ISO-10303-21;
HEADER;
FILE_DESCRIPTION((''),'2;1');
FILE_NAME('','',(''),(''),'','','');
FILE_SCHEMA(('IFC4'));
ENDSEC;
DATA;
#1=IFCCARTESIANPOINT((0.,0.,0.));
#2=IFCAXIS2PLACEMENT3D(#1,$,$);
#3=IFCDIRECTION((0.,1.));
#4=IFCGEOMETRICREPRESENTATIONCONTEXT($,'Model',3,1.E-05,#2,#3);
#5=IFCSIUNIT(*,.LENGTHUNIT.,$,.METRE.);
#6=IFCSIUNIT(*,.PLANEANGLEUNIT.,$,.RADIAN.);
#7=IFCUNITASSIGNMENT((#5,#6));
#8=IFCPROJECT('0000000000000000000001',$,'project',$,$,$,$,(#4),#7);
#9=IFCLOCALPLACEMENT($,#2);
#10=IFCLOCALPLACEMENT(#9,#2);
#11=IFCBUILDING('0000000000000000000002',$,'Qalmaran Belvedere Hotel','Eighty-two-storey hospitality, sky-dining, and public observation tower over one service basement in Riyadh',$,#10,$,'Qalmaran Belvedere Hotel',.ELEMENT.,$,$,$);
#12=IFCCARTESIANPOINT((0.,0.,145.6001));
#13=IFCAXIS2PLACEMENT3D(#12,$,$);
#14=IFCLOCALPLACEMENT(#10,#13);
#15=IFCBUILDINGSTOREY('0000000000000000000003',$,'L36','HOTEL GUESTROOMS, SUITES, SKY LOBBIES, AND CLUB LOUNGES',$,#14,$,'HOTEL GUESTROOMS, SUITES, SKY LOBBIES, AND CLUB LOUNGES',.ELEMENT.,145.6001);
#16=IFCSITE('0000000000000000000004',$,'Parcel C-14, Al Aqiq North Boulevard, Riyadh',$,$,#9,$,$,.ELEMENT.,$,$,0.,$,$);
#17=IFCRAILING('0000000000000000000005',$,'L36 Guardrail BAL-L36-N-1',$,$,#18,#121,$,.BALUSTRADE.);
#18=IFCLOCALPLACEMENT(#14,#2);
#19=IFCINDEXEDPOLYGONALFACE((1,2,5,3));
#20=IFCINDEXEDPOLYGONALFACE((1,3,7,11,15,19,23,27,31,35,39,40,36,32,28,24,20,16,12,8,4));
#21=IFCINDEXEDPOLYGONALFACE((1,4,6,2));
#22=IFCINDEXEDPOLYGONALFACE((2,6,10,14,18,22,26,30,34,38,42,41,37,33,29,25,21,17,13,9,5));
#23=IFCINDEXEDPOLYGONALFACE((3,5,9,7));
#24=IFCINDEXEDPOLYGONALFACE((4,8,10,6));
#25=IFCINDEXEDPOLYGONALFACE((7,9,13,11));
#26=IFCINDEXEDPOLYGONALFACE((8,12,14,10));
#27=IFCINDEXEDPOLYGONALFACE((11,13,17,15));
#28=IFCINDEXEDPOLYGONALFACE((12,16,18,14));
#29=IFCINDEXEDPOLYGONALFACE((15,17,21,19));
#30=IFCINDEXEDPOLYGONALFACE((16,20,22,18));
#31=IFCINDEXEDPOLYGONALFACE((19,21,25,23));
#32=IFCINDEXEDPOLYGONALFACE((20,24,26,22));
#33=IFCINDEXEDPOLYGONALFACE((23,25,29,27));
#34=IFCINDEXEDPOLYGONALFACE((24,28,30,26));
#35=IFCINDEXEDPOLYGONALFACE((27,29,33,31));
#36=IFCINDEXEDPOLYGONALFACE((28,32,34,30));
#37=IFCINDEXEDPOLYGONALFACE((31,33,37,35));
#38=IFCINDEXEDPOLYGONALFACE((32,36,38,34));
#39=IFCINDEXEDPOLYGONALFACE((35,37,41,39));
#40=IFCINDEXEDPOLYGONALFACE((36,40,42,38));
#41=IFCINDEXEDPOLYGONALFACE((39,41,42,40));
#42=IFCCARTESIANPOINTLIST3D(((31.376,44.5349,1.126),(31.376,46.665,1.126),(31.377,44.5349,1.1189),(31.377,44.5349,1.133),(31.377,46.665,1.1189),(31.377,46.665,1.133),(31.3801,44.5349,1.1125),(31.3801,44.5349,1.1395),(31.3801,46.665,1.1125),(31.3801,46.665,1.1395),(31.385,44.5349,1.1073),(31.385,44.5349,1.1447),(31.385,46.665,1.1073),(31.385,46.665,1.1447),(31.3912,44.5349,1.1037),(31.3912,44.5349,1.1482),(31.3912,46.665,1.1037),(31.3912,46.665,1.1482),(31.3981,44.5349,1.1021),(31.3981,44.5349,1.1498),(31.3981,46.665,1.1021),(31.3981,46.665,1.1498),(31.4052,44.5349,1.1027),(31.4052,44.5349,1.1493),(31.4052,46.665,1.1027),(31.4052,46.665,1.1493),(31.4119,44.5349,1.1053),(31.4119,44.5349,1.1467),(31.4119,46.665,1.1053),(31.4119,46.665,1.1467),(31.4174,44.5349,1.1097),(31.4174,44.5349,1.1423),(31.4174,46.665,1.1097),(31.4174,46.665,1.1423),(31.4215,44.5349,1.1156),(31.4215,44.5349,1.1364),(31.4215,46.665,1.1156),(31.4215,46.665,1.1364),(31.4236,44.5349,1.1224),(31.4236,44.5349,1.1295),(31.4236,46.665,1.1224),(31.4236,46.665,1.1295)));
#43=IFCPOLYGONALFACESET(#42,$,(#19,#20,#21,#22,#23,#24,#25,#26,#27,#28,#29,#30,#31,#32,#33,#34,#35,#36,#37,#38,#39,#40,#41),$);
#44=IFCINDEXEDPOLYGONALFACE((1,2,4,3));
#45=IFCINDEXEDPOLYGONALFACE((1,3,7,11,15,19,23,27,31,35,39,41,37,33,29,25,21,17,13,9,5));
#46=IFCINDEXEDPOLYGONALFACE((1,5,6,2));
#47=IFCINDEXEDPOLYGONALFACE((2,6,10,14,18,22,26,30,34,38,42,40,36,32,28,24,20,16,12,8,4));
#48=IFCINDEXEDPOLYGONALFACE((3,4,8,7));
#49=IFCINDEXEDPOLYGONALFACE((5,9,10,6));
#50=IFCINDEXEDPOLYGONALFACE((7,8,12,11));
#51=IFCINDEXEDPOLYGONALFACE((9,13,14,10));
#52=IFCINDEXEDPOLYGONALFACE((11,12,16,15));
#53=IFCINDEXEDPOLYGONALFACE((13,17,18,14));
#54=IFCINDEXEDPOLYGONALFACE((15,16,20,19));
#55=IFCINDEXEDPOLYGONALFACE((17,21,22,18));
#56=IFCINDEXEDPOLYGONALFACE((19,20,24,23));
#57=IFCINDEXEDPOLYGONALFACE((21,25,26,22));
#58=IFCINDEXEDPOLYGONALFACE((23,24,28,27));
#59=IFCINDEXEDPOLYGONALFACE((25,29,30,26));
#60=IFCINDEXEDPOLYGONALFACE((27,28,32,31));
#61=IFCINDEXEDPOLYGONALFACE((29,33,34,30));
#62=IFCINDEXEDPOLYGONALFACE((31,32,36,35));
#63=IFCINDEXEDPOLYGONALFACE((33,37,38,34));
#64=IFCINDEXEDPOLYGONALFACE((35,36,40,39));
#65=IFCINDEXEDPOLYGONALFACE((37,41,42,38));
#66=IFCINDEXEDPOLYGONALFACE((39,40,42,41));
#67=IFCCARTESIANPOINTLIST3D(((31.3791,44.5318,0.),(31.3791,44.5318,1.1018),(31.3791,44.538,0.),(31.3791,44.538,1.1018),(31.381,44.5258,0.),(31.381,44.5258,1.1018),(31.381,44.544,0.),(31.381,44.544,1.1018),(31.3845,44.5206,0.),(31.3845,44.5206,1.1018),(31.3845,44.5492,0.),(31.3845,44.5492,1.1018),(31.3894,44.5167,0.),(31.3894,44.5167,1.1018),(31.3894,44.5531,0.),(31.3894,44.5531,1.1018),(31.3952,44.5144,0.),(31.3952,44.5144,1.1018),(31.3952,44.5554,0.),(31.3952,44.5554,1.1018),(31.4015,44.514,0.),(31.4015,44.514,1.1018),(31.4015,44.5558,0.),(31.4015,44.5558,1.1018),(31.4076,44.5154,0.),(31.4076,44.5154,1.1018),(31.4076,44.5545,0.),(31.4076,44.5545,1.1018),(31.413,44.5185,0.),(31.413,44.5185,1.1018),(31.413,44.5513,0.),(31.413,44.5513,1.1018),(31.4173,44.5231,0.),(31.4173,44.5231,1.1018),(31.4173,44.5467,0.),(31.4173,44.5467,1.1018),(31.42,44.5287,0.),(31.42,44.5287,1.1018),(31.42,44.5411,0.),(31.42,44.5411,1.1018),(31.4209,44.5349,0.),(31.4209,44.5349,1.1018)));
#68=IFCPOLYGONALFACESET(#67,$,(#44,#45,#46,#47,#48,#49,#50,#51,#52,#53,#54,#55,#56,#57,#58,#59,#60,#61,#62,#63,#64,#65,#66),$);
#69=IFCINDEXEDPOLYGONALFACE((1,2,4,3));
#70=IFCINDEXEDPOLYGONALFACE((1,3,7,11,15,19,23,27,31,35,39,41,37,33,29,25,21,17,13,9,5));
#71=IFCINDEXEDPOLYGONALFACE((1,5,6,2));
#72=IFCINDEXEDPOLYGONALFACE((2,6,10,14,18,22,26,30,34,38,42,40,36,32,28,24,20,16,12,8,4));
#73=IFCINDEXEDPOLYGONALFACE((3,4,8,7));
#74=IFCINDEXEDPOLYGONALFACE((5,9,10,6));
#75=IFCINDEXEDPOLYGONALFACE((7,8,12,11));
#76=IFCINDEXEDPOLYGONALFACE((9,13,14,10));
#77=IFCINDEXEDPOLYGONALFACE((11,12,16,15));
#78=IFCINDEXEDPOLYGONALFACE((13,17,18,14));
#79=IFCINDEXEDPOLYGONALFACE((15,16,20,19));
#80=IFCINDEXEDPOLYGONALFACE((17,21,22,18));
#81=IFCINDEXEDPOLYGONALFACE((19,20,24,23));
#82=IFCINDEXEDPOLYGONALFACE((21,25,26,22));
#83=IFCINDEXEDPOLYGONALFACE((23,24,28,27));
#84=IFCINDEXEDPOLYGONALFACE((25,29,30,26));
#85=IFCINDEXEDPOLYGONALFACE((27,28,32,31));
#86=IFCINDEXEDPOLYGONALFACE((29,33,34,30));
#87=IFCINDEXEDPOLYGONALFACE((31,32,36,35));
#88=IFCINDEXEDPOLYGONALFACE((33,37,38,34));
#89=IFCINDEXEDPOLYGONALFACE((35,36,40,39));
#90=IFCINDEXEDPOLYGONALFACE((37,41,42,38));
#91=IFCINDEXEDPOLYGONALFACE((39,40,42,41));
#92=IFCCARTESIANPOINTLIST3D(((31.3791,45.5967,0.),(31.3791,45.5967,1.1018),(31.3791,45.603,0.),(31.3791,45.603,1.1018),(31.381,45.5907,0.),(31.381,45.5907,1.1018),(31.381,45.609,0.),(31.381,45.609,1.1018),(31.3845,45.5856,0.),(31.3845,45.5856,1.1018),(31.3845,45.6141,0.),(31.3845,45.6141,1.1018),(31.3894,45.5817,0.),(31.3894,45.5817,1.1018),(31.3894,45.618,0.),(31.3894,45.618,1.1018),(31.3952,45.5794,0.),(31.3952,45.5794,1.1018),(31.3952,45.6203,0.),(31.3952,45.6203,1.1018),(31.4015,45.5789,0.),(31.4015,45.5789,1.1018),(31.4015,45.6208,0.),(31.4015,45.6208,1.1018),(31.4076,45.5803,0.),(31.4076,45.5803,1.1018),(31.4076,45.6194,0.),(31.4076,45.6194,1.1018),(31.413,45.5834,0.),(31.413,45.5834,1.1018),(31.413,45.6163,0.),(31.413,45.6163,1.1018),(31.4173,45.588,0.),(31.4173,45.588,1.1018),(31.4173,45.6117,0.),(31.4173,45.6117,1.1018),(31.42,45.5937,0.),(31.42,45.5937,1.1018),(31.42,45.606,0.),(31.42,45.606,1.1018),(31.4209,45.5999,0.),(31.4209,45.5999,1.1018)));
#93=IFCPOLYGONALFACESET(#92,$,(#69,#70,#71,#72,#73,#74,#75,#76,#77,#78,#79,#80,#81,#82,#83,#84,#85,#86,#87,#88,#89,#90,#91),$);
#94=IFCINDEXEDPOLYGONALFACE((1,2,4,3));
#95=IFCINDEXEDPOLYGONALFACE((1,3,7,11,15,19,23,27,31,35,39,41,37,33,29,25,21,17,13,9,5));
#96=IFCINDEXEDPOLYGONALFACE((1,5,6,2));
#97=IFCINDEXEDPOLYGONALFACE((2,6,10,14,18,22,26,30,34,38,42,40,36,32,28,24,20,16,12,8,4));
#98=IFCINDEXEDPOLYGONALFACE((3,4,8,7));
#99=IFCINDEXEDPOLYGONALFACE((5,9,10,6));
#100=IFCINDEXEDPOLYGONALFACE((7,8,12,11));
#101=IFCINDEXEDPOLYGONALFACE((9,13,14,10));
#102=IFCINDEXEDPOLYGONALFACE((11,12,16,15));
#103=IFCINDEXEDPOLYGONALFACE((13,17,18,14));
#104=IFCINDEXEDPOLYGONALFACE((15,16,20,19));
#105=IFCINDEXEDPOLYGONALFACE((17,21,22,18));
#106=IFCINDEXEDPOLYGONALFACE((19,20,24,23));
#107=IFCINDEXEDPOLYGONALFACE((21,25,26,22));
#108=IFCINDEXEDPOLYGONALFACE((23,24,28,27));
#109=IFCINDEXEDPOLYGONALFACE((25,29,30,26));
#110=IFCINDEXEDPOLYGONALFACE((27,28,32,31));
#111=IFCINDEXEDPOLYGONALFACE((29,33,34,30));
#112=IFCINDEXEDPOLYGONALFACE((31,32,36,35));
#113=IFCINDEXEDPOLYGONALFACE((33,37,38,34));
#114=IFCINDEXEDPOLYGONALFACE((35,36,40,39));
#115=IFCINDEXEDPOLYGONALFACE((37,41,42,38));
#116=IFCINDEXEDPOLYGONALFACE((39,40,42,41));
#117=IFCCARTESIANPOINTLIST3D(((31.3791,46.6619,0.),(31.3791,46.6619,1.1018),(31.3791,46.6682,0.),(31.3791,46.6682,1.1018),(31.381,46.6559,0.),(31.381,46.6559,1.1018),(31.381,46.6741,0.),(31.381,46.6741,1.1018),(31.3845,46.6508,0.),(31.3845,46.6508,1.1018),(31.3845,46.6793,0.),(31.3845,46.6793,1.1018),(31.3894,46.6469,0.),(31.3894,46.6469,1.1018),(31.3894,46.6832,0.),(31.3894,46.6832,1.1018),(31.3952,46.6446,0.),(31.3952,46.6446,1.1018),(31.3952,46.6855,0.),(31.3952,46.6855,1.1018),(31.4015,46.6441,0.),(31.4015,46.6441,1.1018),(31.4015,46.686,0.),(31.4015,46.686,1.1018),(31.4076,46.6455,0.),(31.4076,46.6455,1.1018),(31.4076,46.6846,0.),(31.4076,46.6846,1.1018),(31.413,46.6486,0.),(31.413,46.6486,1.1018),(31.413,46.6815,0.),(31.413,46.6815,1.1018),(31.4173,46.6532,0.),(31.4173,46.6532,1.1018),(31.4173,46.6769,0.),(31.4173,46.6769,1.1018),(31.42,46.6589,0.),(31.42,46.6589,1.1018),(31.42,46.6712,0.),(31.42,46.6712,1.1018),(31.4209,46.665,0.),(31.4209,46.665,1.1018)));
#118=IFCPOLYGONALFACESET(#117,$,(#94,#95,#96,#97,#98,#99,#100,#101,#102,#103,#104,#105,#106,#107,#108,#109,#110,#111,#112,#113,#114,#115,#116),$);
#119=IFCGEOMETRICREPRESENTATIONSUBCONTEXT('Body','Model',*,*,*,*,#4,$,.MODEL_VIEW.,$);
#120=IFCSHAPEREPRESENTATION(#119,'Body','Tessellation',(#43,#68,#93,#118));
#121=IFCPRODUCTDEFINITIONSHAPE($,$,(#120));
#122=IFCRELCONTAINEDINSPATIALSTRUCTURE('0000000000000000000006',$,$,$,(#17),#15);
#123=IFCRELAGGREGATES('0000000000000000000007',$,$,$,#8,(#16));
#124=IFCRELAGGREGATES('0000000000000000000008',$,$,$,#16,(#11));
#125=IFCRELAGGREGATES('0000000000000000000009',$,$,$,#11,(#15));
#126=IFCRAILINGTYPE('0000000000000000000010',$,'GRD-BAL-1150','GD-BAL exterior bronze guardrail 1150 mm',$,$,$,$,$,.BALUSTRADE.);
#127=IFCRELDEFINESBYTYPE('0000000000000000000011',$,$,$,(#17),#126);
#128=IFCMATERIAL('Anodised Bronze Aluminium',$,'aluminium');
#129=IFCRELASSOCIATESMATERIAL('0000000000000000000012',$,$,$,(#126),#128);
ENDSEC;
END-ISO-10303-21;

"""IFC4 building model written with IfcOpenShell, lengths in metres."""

from ifc_helpers import new_model, si_unit, direction, frame, origin, origin_2d, place, context, subcontext, project, spatial, circle, extrude, material, type_object, element, save


model = new_model("IFC4")

# Units and contexts
model_context = context("Model", 3, precision=1e-05, world=origin(), true_north=direction((0.0, 1.0)))
body_context = subcontext(model_context, "Body", "Model", "MODEL_VIEW")
ifc_project = project(units=[si_unit("LENGTHUNIT", "METRE"), si_unit("PLANEANGLEUNIT", "RADIAN")], contexts=[model_context])

# Site, building, storey
site_placement = place(None, origin())
site = spatial("IfcSite", under=ifc_project, at=site_placement, Name="Parcel C-14, Al Aqiq North Boulevard, Riyadh", CompositionType="ELEMENT", RefElevation=0.0)
building_placement = place(site_placement, origin())
building = spatial("IfcBuilding", under=site, at=building_placement, Name="Qalmaran Belvedere Hotel", Description="Eighty-two-storey hospitality, sky-dining, and public observation tower over one service basement in Riyadh", LongName="Qalmaran Belvedere Hotel", CompositionType="ELEMENT")
storey_placement = place(building_placement, frame((0.0, 0.0, 145.6001)))
storey = spatial("IfcBuildingStorey", under=building, at=storey_placement, Name="L36", Description="HOTEL GUESTROOMS, SUITES, SKY LOBBIES, AND CLUB LOUNGES", LongName="HOTEL GUESTROOMS, SUITES, SKY LOBBIES, AND CLUB LOUNGES", CompositionType="ELEMENT", Elevation=145.6001)

# Shared definitions
ifc_material_1 = material(Name="Anodised Bronze Aluminium", Category="aluminium")

# Railing
railing_type = type_object("IfcRailingType", Name="GRD-BAL-1150", Description="GD-BAL exterior bronze guardrail 1150 mm", PredefinedType="BALUSTRADE", material=ifc_material_1)
railing_1_placement = place(storey_placement, frame((31.3999, 44.5349, 0.0)))
element("IfcRailing", 1, at=railing_1_placement, inside=storey, type_object=railing_type, Name="L36 Guardrail BAL-L36-N-1", PredefinedType="BALUSTRADE", context=body_context, shape_type="SweptSolid", body=[
    extrude(circle(Radius=0.0239, at=origin_2d()), frame((0.0, 0.0, 1.126), z_axis=(0.0, 1.0, 0.0), x_axis=(-1.0, 0.0, 0.0)), (0.0, 0.0, 1.0), 2.1301),
    extrude(circle(Radius=0.021, at=origin_2d()), origin(), (0.0, 0.0, 1.0), 1.1018),
    extrude(circle(Radius=0.021, at=origin_2d()), frame((0.0, 1.0649, 0.0)), (0.0, 0.0, 1.0), 1.1018),
    extrude(circle(Radius=0.021, at=origin_2d()), frame((0.0, 2.1301, 0.0)), (0.0, 0.0, 1.0), 1.1018),
])

save(model, "model.ifc")
